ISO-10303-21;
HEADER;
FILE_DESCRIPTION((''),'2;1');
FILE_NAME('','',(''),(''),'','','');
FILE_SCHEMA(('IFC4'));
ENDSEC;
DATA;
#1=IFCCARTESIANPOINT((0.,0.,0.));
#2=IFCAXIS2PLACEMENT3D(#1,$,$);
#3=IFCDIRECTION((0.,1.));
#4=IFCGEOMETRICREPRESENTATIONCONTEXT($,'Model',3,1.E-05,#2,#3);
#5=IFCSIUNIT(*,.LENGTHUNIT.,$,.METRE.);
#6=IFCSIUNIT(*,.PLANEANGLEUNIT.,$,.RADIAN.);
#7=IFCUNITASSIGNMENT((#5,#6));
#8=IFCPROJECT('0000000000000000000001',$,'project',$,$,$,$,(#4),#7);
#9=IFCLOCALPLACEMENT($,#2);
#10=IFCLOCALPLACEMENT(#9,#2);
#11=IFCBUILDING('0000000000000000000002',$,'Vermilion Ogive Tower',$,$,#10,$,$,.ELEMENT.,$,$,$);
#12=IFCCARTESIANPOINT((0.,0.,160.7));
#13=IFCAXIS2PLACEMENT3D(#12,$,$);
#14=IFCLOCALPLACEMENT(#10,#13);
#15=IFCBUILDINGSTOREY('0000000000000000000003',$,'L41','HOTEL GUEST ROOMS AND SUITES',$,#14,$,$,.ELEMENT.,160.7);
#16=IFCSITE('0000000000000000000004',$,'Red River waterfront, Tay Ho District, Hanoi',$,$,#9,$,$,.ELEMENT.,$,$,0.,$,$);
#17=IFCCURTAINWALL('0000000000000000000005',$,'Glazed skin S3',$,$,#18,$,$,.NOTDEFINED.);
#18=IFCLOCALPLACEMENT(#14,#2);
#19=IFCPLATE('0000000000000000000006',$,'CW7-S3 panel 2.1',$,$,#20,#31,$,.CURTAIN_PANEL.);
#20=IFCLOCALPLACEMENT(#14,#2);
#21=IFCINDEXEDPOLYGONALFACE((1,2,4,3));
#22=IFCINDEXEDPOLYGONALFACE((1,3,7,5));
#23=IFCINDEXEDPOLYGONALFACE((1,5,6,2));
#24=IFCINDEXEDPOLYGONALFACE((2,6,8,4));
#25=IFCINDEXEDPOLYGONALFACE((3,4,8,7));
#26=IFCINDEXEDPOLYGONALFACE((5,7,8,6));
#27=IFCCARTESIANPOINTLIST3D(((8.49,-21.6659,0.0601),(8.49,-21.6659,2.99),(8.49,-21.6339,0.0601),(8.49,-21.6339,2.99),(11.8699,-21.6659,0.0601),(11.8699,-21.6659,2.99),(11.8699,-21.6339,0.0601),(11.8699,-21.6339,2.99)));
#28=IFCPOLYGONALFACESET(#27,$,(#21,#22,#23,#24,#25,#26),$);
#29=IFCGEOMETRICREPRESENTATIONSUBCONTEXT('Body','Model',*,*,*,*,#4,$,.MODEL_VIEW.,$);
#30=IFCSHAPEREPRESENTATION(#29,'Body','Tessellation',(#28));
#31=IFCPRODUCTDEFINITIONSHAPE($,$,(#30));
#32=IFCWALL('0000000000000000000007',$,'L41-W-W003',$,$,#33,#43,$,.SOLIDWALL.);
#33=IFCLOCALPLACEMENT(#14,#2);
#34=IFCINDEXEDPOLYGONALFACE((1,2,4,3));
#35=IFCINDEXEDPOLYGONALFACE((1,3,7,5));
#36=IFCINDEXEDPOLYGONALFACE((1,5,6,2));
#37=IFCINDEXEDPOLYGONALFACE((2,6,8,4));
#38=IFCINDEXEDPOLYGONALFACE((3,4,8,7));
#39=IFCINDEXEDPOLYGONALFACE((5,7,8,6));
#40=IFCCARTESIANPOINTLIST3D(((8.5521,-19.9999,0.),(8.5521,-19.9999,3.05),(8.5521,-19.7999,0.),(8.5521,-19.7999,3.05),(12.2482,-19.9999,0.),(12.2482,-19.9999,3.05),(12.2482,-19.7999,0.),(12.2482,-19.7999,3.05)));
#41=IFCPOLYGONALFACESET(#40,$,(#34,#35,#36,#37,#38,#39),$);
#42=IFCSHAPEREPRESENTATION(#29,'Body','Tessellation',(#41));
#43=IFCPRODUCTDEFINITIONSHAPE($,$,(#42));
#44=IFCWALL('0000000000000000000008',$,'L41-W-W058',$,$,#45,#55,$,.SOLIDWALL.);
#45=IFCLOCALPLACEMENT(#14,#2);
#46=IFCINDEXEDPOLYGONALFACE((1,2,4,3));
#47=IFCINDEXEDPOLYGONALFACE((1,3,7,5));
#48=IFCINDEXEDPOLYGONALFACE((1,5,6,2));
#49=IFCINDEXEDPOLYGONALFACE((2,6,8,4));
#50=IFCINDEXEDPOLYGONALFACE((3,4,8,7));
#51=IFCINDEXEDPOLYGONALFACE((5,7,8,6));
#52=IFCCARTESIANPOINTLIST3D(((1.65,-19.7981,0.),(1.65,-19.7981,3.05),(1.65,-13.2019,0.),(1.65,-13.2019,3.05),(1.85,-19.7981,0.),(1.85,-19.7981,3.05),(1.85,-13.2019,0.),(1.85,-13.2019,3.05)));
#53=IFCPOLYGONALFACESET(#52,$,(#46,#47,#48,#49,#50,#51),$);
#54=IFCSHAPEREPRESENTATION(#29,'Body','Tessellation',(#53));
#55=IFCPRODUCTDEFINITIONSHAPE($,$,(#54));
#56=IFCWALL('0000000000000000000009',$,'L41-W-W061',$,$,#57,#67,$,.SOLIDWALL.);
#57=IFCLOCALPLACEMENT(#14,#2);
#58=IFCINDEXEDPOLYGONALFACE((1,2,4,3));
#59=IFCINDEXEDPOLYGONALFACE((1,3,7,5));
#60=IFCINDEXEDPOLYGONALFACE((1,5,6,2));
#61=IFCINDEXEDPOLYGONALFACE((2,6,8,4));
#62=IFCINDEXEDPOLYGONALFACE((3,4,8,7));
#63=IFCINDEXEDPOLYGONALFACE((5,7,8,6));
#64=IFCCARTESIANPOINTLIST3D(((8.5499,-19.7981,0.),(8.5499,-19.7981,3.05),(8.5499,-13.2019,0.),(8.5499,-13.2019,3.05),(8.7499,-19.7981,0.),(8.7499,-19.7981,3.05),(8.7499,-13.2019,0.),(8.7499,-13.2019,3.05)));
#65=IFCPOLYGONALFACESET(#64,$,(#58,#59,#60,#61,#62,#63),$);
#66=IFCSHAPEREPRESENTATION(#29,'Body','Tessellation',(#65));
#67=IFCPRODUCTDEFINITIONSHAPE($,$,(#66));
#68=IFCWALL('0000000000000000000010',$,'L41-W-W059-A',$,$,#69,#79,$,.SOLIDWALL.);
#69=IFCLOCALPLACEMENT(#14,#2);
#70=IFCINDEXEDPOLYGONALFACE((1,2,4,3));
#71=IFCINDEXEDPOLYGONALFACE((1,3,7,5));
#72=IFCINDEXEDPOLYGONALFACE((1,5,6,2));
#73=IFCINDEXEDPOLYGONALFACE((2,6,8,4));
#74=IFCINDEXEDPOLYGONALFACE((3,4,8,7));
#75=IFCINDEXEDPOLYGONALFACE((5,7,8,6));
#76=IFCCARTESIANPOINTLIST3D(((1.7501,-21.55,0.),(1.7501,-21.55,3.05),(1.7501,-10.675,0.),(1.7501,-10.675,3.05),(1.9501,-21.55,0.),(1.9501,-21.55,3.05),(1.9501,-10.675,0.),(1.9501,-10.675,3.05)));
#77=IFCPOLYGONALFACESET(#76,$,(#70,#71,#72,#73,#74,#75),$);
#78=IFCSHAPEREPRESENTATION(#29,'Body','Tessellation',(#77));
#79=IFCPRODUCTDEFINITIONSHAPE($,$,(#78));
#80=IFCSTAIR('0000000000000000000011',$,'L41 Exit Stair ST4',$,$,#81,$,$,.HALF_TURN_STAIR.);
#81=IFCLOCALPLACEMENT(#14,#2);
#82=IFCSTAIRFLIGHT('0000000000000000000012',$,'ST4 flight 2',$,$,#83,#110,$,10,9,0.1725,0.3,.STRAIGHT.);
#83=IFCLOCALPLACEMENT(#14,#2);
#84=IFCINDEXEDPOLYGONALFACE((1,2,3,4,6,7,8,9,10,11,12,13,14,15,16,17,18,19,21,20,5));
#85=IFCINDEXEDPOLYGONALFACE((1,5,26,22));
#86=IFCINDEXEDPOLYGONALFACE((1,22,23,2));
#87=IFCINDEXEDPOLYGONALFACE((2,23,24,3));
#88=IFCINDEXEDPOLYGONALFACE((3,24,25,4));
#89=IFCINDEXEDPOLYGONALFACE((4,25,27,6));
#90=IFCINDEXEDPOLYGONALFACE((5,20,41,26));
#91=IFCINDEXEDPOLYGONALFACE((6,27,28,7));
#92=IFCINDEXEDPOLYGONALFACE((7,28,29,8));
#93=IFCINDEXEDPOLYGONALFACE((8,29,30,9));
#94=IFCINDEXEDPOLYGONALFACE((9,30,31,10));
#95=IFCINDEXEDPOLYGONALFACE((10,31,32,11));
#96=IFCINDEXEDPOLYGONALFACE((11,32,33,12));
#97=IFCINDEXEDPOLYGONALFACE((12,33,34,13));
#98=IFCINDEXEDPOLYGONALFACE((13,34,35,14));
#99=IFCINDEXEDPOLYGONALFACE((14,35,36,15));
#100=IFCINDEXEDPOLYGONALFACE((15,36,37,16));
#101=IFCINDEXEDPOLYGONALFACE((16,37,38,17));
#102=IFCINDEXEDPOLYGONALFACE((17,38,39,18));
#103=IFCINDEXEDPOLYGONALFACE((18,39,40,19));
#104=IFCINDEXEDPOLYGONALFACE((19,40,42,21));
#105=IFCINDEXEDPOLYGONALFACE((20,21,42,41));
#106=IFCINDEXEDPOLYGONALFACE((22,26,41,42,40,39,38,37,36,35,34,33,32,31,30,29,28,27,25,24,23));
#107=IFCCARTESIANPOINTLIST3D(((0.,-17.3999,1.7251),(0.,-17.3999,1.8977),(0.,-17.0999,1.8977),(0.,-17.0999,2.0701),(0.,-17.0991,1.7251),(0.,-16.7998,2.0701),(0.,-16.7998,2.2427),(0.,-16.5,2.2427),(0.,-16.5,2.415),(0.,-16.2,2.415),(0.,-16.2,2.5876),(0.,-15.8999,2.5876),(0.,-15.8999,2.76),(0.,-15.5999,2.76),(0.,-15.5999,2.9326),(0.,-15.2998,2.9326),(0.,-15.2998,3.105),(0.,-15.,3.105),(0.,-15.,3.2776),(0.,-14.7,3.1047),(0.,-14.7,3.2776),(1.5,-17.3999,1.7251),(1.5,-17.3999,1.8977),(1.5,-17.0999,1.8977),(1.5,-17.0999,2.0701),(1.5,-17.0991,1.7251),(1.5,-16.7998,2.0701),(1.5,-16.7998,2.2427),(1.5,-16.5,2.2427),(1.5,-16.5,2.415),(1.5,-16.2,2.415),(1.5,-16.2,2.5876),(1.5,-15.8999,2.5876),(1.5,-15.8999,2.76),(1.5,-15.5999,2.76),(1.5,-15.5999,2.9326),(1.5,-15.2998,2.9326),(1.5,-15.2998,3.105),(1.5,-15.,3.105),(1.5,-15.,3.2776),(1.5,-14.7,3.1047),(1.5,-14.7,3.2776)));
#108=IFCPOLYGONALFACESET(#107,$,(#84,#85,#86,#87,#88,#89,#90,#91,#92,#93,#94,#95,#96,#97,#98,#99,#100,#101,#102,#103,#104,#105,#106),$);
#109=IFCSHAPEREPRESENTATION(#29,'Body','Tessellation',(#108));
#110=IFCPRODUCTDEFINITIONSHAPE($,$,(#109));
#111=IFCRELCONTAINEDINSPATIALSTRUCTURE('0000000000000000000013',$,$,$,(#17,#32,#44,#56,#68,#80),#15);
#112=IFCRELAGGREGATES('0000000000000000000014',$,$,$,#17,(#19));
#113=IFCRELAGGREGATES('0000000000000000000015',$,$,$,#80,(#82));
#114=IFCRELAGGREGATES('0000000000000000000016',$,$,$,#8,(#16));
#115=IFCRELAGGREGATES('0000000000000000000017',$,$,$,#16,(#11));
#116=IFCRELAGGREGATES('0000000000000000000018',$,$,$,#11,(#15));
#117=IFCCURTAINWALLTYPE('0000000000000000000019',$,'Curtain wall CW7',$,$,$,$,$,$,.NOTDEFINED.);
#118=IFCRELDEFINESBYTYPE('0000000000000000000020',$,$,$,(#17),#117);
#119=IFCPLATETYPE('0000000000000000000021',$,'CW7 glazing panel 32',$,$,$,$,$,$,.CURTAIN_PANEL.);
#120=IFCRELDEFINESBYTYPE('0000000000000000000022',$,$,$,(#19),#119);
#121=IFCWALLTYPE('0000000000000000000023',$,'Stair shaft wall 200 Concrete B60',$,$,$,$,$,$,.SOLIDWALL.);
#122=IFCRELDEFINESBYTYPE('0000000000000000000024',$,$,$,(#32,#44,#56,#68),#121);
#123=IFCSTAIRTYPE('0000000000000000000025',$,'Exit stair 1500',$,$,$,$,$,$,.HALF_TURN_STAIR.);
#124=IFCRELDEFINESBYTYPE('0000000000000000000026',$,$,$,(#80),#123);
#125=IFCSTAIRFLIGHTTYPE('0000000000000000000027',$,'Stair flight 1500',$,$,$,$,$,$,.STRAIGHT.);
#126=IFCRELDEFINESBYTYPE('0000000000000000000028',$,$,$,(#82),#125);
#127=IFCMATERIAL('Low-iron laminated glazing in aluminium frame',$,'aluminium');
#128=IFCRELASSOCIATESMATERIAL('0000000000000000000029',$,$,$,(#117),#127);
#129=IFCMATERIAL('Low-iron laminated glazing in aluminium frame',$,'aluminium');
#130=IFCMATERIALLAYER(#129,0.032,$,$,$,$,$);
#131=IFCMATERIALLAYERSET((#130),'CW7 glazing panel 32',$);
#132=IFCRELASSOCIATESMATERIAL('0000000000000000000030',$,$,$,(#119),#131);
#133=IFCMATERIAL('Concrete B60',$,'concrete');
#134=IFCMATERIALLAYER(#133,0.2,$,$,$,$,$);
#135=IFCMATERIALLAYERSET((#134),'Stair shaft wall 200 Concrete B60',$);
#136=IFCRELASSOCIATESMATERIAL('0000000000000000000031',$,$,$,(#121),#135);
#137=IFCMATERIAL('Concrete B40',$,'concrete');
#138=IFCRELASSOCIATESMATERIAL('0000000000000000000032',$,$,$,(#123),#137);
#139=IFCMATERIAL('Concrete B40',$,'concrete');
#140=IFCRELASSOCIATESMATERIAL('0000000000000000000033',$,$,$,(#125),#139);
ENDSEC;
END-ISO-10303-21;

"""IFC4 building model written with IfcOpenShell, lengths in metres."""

from ifc_helpers import new_model, si_unit, direction, frame, frame_2d, origin, origin_2d, place, context, subcontext, project, spatial, polyline, rectangle, outline, extrude, material, layer, layer_set, type_object, element, aggregate, save


model = new_model("IFC4")

# Units and contexts
model_context = context("Model", 3, precision=1e-05, world=origin(), true_north=direction((0.0, 1.0)))
body_context = subcontext(model_context, "Body", "Model", "MODEL_VIEW")
ifc_project = project(units=[si_unit("LENGTHUNIT", "METRE"), si_unit("PLANEANGLEUNIT", "RADIAN")], contexts=[model_context])

# Site, building, storey
site_placement = place(None, origin())
site = spatial("IfcSite", under=ifc_project, at=site_placement, Name="Red River waterfront, Tay Ho District, Hanoi", CompositionType="ELEMENT", RefElevation=0.0)
building_placement = place(site_placement, origin())
building = spatial("IfcBuilding", under=site, at=building_placement, Name="Vermilion Ogive Tower", CompositionType="ELEMENT")
storey_placement = place(building_placement, frame((0.0, 0.0, 160.7)))
storey = spatial("IfcBuildingStorey", under=building, at=storey_placement, Name="L41", Description="HOTEL GUEST ROOMS AND SUITES", CompositionType="ELEMENT", Elevation=160.7)

# Curtain wall
ifc_material_1 = material(Name="Low-iron laminated glazing in aluminium frame", Category="aluminium")
curtain_wall_type = type_object("IfcCurtainWallType", Name="Curtain wall CW7", PredefinedType="NOTDEFINED", material=ifc_material_1)
curtain_wall_1_placement = place(storey_placement, origin())
curtain_wall_1 = element("IfcCurtainWall", 1, at=curtain_wall_1_placement, inside=storey, type_object=curtain_wall_type, Name="Glazed skin S3", PredefinedType="NOTDEFINED")

# Plate
ifc_material_2 = material(Name="Low-iron laminated glazing in aluminium frame", Category="aluminium")
ifc_layer_1 = layer(ifc_material_2, 0.032)
ifc_layer_set_1 = layer_set([ifc_layer_1], Name="CW7 glazing panel 32")
plate_type = type_object("IfcPlateType", Name="CW7 glazing panel 32", PredefinedType="CURTAIN_PANEL", material=ifc_layer_set_1)
plate_1_placement = place(storey_placement, frame((10.1799, -21.6499, 0.0601), z_axis=(0.0, 0.0, 1.0), x_axis=(1.0, 0.0, 0.0)))
plate_1 = element("IfcPlate", 2, at=plate_1_placement, type_object=plate_type, Name="CW7-S3 panel 2.1", PredefinedType="CURTAIN_PANEL", context=body_context, shape_type="SweptSolid", body=[
    extrude(rectangle(XDim=3.3799, YDim=0.032, at=origin_2d()), origin(), (0.0, 0.0, 1.0), 2.9299),
])
aggregate(curtain_wall_1, [plate_1])

# Walls
ifc_material_3 = material(Name="Concrete B60", Category="concrete")
ifc_layer_2 = layer(ifc_material_3, 0.2)
ifc_layer_set_2 = layer_set([ifc_layer_2], Name="Stair shaft wall 200 Concrete B60")
wall_type = type_object("IfcWallType", Name="Stair shaft wall 200 Concrete B60", PredefinedType="SOLIDWALL", material=ifc_layer_set_2)
wall_1_placement = place(storey_placement, frame((8.552, -19.8999, 0.0), z_axis=(0.0, 0.0, 1.0), x_axis=(1.0, 0.0, 0.0)))
element("IfcWall", 3, at=wall_1_placement, inside=storey, type_object=wall_type, Name="L41-W-W003", PredefinedType="SOLIDWALL", context=body_context, shape_type="SweptSolid", body=[
    extrude(rectangle(XDim=3.696, YDim=0.2, at=frame_2d((1.8481, 0.0))), origin(), (0.0, 0.0, 1.0), 3.05),
])
for number, where, z_axis, x_axis, name in (
    (4, (1.75, -19.7981, 0.0), (0.0, 0.0, 1.0), (0.0, 1.0, 0.0), "L41-W-W058"),
    (5, (8.6499, -19.7981, 0.0), (0.0, 0.0, 1.0), (0.0, 1.0, 0.0), "L41-W-W061"),
):
    element("IfcWall", number, at=place(storey_placement, frame(where, z_axis=z_axis, x_axis=x_axis)), inside=storey, type_object=wall_type, Name=name, PredefinedType="SOLIDWALL", context=body_context, shape_type="SweptSolid", body=[
        extrude(rectangle(XDim=6.5962, YDim=0.2, at=frame_2d((3.2981, 0.0))), origin(), (0.0, 0.0, 1.0), 3.05),
    ])
wall_2_placement = place(storey_placement, frame((1.8501, -21.55, 0.0), z_axis=(0.0, 0.0, 1.0), x_axis=(0.0, 1.0, 0.0)))
element("IfcWall", 6, at=wall_2_placement, inside=storey, type_object=wall_type, Name="L41-W-W059-A", PredefinedType="SOLIDWALL", context=body_context, shape_type="SweptSolid", body=[
    extrude(rectangle(XDim=10.875, YDim=0.2, at=frame_2d((5.4375, 0.0))), origin(), (0.0, 0.0, 1.0), 3.05),
])

# Stair, stair flight
ifc_material_4 = material(Name="Concrete B40", Category="concrete")
stair_type = type_object("IfcStairType", Name="Exit stair 1500", PredefinedType="HALF_TURN_STAIR", material=ifc_material_4)
stair_placement = place(storey_placement, origin())
stair = element("IfcStair", 7, at=stair_placement, inside=storey, type_object=stair_type, Name="L41 Exit Stair ST4", PredefinedType="HALF_TURN_STAIR")
ifc_material_5 = material(Name="Concrete B40", Category="concrete")
stair_flight_type = type_object("IfcStairFlightType", Name="Stair flight 1500", PredefinedType="STRAIGHT", material=ifc_material_5)
stair_flight_placement = place(storey_placement, frame((0.75, -17.3999, 1.7251), z_axis=(0.0, 0.0, 1.0), x_axis=(0.0, 1.0, 0.0)))
stair_flight = element("IfcStairFlight", 8, at=stair_flight_placement, type_object=stair_flight_type, Name="ST4 flight 2", NumberOfRisers=10, NumberOfTreads=9, PredefinedType="STRAIGHT", RiserHeight=0.1725, TreadLength=0.3, context=body_context, shape_type="SweptSolid", body=[
    extrude(outline(polyline([(0.0, 0.0), (0.0, 0.1726), (0.3, 0.1726), (0.3, 0.345), (0.6001, 0.345), (0.6001, 0.5176), (0.8999, 0.5176), (0.8999, 0.6899), (1.2, 0.6899), (1.2, 0.8625), (1.5, 0.8625), (1.5, 1.0349), (1.8, 1.0349), (1.8, 1.2075), (2.1001, 1.2075), (2.1001, 1.3799), (2.3999, 1.3799), (2.3999, 1.5525), (2.7, 1.5525), (2.7, 1.7251), (2.7, 1.3796), (0.3008, 0.0), (0.0, 0.0)])), frame((0.0, 0.75, 0.0), z_axis=(0.0, -1.0, 0.0), x_axis=(1.0, 0.0, 0.0)), (0.0, 0.0, 1.0), 1.5),
])
aggregate(stair, [stair_flight])

save(model, "model.ifc")
